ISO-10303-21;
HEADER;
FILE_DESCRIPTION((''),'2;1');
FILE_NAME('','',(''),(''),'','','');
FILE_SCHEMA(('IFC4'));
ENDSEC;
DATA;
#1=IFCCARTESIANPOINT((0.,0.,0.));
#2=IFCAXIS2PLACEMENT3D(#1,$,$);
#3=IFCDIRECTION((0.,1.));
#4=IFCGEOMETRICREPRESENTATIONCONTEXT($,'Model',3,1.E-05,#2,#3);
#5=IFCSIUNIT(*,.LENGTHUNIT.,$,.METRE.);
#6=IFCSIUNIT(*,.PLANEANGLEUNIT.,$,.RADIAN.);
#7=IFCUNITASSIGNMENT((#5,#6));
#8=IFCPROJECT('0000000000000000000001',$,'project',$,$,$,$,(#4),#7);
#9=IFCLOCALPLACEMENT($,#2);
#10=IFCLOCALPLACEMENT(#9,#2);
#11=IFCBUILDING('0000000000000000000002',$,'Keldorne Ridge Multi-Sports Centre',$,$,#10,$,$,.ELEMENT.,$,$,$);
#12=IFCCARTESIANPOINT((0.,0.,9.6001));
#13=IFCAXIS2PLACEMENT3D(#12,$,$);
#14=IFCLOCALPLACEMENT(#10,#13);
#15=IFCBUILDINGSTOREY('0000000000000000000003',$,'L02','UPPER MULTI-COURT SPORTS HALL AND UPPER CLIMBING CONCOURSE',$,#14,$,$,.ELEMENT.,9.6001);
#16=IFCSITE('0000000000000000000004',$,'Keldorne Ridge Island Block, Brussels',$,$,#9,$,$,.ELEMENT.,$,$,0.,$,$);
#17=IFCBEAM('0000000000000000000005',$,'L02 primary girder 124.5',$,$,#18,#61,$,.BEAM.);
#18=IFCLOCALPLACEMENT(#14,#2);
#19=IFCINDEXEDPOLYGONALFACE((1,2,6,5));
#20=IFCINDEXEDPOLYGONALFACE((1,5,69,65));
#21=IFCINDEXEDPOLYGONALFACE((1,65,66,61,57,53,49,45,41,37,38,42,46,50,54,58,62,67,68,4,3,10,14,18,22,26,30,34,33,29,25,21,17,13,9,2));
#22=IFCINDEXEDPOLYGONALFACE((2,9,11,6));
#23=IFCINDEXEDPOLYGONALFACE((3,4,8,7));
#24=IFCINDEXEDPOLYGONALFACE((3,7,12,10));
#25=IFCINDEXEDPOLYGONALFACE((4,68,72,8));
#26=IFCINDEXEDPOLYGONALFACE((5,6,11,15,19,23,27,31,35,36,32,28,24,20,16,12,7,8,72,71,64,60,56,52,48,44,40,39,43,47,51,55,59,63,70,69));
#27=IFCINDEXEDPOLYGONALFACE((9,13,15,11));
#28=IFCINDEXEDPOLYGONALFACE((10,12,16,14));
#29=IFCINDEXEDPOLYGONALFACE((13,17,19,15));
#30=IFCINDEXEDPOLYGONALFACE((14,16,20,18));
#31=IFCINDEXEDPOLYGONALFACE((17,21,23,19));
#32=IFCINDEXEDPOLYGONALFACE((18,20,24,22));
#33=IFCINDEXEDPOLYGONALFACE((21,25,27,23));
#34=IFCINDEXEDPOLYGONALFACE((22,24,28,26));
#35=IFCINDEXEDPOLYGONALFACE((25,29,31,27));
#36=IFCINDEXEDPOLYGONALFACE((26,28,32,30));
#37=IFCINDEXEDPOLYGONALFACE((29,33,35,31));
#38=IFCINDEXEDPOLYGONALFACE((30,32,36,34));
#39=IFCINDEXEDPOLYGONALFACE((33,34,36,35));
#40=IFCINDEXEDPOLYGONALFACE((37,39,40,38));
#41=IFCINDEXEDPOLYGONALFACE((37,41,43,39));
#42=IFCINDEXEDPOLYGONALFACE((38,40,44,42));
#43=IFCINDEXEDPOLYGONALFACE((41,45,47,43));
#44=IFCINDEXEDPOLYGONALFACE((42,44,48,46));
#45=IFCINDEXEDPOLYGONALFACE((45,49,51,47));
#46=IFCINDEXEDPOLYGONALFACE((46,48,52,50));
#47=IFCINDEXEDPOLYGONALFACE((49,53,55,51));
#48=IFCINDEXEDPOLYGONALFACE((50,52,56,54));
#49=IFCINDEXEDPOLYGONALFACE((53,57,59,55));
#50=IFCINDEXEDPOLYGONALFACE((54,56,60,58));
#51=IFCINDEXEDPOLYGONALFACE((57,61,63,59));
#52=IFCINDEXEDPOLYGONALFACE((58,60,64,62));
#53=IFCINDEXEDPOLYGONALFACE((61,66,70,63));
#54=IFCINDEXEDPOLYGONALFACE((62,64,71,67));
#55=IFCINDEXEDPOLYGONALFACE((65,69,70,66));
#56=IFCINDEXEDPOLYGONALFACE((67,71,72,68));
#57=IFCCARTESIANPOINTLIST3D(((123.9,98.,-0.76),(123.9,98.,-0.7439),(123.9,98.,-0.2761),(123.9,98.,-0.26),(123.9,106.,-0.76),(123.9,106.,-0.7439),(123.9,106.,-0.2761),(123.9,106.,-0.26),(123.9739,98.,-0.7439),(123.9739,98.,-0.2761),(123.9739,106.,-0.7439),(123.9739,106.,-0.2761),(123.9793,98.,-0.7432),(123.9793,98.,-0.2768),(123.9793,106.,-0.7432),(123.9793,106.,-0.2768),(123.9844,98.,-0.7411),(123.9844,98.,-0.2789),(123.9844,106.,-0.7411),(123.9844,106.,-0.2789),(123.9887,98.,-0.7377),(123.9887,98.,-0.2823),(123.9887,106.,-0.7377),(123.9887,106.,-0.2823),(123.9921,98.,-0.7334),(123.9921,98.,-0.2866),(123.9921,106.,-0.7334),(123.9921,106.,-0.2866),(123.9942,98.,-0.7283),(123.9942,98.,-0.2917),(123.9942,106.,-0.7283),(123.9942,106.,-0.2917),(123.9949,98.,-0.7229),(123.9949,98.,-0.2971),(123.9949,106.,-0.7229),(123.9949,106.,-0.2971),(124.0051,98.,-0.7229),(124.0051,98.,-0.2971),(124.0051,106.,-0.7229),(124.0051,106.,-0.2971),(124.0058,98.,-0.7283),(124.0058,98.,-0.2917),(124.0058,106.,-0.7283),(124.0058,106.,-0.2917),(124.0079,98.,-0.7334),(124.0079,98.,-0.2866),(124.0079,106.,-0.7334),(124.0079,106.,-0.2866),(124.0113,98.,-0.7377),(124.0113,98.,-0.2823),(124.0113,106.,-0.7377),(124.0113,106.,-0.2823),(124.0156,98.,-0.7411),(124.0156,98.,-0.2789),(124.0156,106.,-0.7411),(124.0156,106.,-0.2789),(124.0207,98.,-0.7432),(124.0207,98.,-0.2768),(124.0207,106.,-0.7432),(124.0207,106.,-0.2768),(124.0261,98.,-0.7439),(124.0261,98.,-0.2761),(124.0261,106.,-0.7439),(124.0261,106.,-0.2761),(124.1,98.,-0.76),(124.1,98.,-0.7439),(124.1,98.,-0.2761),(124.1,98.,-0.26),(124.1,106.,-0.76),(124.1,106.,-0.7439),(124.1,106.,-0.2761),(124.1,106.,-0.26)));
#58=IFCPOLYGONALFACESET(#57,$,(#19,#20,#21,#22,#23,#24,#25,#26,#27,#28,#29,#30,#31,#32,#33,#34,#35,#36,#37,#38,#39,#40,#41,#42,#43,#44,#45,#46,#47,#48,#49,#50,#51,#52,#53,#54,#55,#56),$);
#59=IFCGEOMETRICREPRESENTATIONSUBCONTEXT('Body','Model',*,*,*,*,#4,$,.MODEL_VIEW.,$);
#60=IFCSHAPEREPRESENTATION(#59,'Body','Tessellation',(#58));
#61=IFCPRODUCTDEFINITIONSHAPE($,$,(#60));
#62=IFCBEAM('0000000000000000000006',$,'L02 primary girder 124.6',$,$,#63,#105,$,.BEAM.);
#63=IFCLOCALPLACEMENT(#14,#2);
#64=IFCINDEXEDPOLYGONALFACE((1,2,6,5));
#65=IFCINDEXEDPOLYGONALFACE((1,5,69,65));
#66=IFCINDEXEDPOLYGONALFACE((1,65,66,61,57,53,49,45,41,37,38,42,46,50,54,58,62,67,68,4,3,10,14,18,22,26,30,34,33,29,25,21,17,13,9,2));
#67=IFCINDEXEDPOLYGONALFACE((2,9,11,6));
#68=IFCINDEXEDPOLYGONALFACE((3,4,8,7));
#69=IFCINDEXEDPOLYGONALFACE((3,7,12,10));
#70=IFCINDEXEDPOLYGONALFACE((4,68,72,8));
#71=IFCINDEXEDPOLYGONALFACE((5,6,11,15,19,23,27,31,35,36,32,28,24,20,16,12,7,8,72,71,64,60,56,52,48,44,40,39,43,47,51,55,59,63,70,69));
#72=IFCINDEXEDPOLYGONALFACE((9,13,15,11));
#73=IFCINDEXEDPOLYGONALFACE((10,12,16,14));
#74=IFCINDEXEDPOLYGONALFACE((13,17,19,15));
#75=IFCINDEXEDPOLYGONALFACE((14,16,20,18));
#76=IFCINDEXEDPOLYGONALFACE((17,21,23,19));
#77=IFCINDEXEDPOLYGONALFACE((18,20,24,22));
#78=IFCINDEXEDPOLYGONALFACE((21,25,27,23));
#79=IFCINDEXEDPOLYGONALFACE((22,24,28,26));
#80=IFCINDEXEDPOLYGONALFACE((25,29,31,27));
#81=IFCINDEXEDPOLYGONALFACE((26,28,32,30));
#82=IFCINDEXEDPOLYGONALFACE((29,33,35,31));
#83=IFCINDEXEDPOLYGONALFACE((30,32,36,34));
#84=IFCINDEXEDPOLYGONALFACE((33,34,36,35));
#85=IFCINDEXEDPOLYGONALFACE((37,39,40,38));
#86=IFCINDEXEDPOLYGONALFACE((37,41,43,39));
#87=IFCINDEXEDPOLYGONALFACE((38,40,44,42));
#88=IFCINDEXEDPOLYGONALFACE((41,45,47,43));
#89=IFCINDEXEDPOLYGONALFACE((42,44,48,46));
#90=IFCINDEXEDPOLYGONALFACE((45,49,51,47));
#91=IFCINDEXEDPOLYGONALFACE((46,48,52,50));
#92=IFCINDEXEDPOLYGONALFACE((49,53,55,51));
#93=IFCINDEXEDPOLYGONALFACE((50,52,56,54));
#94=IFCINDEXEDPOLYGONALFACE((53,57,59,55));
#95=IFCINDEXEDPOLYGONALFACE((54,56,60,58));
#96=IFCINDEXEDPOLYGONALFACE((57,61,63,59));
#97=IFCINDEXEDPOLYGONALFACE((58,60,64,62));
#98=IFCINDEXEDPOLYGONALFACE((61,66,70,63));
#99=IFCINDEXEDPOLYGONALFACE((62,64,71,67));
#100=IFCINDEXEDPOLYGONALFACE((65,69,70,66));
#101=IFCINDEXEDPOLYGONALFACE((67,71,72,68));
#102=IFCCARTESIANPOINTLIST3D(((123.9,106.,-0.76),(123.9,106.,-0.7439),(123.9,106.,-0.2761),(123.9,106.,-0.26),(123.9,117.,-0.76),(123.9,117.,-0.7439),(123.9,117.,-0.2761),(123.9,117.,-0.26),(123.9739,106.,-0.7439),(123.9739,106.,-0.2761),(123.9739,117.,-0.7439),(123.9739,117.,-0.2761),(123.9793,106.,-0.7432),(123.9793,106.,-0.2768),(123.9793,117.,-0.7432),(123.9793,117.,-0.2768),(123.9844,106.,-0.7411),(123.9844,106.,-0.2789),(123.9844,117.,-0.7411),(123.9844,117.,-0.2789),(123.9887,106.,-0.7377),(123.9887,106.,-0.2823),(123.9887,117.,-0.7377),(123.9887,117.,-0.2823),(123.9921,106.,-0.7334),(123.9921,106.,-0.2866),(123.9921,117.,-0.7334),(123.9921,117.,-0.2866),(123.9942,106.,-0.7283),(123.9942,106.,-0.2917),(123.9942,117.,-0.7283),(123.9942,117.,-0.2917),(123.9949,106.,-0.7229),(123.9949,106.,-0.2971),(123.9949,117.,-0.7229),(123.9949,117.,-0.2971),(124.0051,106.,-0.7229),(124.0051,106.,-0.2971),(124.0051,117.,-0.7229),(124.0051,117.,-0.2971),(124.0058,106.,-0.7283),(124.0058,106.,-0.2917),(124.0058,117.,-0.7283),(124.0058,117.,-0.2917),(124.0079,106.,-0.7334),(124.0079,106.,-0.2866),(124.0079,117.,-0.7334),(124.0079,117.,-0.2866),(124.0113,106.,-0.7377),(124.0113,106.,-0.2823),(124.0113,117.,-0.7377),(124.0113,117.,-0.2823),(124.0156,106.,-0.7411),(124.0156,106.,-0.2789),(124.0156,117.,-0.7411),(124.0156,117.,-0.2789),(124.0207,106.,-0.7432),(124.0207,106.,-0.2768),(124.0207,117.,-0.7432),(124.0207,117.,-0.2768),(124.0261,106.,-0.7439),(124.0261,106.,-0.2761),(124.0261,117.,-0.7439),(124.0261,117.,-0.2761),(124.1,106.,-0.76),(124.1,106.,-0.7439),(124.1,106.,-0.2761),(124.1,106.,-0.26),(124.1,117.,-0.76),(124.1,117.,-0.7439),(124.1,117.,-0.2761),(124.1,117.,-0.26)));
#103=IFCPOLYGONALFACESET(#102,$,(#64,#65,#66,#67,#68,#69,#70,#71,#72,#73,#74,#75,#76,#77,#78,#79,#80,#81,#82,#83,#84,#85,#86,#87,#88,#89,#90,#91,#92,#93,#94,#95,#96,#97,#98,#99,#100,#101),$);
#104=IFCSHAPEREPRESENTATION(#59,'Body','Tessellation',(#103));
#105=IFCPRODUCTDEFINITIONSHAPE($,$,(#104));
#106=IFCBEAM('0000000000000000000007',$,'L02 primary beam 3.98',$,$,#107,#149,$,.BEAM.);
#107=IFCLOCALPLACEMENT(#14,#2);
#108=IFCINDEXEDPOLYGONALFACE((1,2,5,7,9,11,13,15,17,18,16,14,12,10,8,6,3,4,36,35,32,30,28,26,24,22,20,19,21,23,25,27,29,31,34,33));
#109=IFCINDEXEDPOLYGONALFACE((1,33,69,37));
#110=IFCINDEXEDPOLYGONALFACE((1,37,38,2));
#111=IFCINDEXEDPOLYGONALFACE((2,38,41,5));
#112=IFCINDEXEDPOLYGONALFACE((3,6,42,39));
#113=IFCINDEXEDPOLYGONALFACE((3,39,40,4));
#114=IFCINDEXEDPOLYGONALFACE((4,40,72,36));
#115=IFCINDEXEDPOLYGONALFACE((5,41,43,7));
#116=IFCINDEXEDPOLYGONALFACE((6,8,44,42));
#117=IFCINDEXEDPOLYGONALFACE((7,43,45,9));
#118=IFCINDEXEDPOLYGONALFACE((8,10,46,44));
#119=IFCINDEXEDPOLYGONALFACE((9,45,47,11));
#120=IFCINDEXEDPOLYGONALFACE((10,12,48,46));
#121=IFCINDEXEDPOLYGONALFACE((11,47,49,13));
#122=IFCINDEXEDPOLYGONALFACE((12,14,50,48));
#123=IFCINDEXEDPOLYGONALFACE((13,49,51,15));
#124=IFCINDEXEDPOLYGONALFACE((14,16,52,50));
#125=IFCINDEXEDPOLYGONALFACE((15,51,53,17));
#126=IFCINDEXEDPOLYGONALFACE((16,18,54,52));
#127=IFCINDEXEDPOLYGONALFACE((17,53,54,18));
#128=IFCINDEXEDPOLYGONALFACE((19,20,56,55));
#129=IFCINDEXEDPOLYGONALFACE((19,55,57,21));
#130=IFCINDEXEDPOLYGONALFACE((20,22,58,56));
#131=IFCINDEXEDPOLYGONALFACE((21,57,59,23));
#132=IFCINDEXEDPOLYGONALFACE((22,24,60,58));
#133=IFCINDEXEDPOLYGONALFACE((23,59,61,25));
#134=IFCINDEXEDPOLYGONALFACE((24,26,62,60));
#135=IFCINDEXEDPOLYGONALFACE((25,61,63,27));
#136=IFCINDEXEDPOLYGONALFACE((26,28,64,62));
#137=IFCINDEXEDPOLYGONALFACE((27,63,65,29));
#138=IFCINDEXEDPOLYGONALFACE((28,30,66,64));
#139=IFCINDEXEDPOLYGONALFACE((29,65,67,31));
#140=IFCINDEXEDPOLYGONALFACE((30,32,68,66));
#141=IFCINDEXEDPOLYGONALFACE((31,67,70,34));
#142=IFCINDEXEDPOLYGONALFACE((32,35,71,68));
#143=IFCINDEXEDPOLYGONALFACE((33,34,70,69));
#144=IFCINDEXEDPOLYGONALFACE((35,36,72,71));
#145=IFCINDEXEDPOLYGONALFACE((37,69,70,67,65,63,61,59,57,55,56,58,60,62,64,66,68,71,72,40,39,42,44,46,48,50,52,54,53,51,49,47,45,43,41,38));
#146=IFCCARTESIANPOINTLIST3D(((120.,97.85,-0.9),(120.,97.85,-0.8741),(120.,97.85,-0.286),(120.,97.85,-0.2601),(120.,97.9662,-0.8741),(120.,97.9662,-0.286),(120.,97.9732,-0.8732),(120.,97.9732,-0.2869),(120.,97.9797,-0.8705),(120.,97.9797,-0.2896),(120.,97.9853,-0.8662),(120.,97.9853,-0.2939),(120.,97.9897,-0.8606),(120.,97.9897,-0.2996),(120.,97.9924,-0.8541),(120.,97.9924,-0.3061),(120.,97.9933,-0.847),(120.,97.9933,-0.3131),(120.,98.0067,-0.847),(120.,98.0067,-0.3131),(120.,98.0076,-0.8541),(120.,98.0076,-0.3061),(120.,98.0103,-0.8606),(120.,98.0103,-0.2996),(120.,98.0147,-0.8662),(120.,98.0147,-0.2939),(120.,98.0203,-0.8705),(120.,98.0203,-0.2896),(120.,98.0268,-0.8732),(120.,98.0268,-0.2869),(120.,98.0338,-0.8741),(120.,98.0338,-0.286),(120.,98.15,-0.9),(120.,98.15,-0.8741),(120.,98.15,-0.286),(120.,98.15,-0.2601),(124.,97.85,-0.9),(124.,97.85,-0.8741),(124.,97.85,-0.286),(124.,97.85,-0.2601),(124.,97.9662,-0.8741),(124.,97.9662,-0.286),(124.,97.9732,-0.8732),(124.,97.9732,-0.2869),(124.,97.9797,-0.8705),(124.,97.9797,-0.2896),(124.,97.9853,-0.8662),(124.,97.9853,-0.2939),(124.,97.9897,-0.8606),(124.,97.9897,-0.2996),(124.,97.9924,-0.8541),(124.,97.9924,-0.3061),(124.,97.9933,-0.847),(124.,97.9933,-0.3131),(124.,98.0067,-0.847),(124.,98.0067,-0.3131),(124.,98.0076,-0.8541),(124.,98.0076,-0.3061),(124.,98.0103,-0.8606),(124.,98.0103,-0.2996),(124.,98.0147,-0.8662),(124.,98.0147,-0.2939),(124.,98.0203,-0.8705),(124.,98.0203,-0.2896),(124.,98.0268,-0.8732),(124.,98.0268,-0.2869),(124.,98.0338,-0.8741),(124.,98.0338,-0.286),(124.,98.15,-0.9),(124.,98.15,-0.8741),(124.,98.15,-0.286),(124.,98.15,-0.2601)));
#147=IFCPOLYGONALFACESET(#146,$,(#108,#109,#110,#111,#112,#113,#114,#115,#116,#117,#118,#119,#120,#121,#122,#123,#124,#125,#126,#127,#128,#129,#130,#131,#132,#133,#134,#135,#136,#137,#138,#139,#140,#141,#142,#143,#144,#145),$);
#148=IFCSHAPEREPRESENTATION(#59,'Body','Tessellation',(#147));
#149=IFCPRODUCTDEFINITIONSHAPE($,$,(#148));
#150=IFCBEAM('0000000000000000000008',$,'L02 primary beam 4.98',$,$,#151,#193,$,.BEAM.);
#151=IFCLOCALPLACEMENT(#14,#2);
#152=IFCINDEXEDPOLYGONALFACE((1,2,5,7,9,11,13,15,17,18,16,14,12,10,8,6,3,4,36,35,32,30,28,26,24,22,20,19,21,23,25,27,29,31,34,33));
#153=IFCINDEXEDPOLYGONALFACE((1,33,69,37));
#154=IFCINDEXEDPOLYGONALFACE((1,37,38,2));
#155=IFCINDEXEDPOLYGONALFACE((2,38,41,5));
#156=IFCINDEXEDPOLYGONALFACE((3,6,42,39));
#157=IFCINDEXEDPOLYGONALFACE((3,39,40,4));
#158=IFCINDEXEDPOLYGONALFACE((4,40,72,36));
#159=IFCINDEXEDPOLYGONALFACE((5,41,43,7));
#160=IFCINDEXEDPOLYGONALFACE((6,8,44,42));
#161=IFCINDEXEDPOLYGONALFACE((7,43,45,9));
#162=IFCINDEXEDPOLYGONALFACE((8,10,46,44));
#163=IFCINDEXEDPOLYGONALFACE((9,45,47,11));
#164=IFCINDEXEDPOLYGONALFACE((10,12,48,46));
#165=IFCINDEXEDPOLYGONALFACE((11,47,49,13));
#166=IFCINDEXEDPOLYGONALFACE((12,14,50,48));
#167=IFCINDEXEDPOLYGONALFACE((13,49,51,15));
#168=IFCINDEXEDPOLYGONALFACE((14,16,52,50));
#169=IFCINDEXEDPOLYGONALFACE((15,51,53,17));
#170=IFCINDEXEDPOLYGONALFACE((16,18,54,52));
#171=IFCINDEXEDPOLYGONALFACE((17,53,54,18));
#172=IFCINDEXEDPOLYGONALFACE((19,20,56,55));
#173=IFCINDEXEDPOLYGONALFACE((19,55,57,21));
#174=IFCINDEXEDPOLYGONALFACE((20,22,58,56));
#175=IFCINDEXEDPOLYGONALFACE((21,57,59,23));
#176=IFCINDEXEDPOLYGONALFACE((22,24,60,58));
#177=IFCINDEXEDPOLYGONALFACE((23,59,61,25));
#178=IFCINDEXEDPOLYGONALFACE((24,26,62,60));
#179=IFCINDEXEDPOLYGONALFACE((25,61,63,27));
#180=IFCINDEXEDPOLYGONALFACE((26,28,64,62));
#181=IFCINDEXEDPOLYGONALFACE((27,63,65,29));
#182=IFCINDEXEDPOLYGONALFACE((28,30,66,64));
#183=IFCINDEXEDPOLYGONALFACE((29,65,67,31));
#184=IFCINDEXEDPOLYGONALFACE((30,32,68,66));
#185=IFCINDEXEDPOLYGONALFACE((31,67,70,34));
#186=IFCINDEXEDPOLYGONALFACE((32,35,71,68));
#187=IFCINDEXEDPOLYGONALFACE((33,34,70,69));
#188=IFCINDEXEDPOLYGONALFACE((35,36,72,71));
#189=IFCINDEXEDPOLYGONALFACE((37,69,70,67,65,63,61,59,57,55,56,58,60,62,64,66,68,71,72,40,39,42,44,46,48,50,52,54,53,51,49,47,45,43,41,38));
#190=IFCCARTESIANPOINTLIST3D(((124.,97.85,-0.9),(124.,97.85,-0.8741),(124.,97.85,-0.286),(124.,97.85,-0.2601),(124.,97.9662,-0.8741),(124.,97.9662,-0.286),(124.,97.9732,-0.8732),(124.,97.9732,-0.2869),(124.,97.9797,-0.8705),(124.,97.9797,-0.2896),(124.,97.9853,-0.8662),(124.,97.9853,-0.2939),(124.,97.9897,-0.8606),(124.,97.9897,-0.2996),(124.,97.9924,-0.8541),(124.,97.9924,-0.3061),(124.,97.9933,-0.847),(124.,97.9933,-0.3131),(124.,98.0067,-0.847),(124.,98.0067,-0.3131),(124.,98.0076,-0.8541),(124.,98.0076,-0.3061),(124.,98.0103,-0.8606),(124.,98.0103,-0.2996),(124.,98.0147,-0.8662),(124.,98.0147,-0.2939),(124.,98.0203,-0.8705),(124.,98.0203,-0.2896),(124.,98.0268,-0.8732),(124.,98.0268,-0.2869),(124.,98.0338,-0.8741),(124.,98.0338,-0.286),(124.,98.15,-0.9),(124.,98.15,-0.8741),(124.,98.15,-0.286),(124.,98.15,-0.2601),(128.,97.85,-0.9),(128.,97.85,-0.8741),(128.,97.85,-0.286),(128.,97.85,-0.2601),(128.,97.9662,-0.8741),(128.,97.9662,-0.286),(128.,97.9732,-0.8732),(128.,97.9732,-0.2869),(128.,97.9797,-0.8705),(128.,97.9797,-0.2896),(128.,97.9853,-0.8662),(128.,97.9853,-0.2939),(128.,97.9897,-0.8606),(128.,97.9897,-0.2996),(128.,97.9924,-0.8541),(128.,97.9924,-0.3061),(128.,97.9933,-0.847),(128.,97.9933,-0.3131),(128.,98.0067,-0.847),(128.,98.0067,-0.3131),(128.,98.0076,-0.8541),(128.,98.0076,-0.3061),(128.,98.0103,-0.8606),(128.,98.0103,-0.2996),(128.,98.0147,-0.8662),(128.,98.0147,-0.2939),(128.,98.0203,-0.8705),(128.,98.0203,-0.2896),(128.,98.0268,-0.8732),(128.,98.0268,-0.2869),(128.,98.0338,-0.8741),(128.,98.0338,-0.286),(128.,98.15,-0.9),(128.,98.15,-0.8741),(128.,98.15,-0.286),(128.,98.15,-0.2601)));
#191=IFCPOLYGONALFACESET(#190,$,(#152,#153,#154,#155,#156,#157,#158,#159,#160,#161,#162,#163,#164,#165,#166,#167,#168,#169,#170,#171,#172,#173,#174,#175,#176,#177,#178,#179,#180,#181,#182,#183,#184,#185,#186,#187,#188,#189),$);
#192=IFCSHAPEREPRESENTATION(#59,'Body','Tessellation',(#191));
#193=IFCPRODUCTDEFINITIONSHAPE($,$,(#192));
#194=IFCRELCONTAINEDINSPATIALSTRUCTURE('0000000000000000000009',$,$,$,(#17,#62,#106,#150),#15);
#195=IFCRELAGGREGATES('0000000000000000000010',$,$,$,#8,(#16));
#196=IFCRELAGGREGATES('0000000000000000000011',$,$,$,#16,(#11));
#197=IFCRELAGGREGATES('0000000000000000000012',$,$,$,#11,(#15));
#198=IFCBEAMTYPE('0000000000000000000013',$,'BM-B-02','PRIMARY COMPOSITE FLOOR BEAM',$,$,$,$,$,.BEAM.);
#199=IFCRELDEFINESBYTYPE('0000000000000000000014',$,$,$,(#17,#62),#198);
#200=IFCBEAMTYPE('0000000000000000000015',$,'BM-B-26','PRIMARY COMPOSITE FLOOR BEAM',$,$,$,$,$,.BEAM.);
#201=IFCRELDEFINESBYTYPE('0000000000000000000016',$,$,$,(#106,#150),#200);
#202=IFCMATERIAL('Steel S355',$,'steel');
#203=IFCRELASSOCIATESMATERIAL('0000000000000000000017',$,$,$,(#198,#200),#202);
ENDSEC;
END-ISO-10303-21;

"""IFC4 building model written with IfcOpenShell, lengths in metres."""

from ifc_helpers import new_model, si_unit, direction, frame, origin, origin_2d, place, context, subcontext, project, spatial, i_section, extrude, material, material_profile, profile_set, type_object, element, save


model = new_model("IFC4")

# Units and contexts
model_context = context("Model", 3, precision=1e-05, world=origin(), true_north=direction((0.0, 1.0)))
body_context = subcontext(model_context, "Body", "Model", "MODEL_VIEW")
ifc_project = project(units=[si_unit("LENGTHUNIT", "METRE"), si_unit("PLANEANGLEUNIT", "RADIAN")], contexts=[model_context])

# Site, building, storey
site_placement = place(None, origin())
site = spatial("IfcSite", under=ifc_project, at=site_placement, Name="Keldorne Ridge Island Block, Brussels", CompositionType="ELEMENT", RefElevation=0.0)
building_placement = place(site_placement, origin())
building = spatial("IfcBuilding", under=site, at=building_placement, Name="Keldorne Ridge Multi-Sports Centre", CompositionType="ELEMENT")
storey_placement = place(building_placement, frame((0.0, 0.0, 9.6001)))
storey = spatial("IfcBuildingStorey", under=building, at=storey_placement, Name="L02", Description="UPPER MULTI-COURT SPORTS HALL AND UPPER CLIMBING CONCOURSE", CompositionType="ELEMENT", Elevation=9.6001)

# Shared definitions
ifc_material_1 = material(Name="Steel S355", Category="steel")

# Beams
ifc_material_profile_1 = material_profile(ifc_material_1, i_section(OverallWidth=0.2, OverallDepth=0.5, WebThickness=0.0103, FlangeThickness=0.0161, FilletRadius=0.021, at=origin_2d()), Name="IPE 500")
ifc_profile_set_1 = profile_set([ifc_material_profile_1], Name="Steel S355")
beam_type_1 = type_object("IfcBeamType", Name="BM-B-02", Description="PRIMARY COMPOSITE FLOOR BEAM", PredefinedType="BEAM", material=ifc_profile_set_1)
beam_1_placement = place(storey_placement, frame((124.0, 98.0, -0.51), z_axis=(0.0, 1.0, 0.0), x_axis=(-1.0, 0.0, 0.0)))
element("IfcBeam", 1, at=beam_1_placement, inside=storey, type_object=beam_type_1, Name="L02 primary girder 124.5", PredefinedType="BEAM", context=body_context, shape_type="SweptSolid", body=[
    extrude(i_section(OverallWidth=0.2, OverallDepth=0.5, WebThickness=0.0103, FlangeThickness=0.0161, FilletRadius=0.021, at=origin_2d()), origin(), (0.0, 0.0, 1.0), 8.0),
])
beam_2_placement = place(storey_placement, frame((124.0, 106.0, -0.51), z_axis=(0.0, 1.0, 0.0), x_axis=(-1.0, 0.0, 0.0)))
element("IfcBeam", 2, at=beam_2_placement, inside=storey, type_object=beam_type_1, Name="L02 primary girder 124.6", PredefinedType="BEAM", context=body_context, shape_type="SweptSolid", body=[
    extrude(i_section(OverallWidth=0.2, OverallDepth=0.5, WebThickness=0.0103, FlangeThickness=0.0161, FilletRadius=0.021, at=origin_2d()), origin(), (0.0, 0.0, 1.0), 11.0),
])
ifc_material_profile_2 = material_profile(ifc_material_1, i_section(OverallWidth=0.3, OverallDepth=0.6399, WebThickness=0.0134, FlangeThickness=0.0259, FilletRadius=0.0271, at=origin_2d()), Name="HEA 650")
ifc_profile_set_2 = profile_set([ifc_material_profile_2], Name="Steel S355")
beam_type_2 = type_object("IfcBeamType", Name="BM-B-26", Description="PRIMARY COMPOSITE FLOOR BEAM", PredefinedType="BEAM", material=ifc_profile_set_2)
for number, where, z_axis, x_axis, name in (
    (3, (120.0, 98.0, -0.5801), (1.0, 0.0, 0.0), (0.0, 1.0, 0.0), "L02 primary beam 3.98"),
    (4, (124.0, 98.0, -0.5801), (1.0, 0.0, 0.0), (0.0, 1.0, 0.0), "L02 primary beam 4.98"),
):
    element("IfcBeam", number, at=place(storey_placement, frame(where, z_axis=z_axis, x_axis=x_axis)), inside=storey, type_object=beam_type_2, Name=name, PredefinedType="BEAM", context=body_context, shape_type="SweptSolid", body=[
        extrude(i_section(OverallWidth=0.3, OverallDepth=0.6399, WebThickness=0.0134, FlangeThickness=0.0259, FilletRadius=0.0271, at=origin_2d()), origin(), (0.0, 0.0, 1.0), 4.0),
    ])

save(model, "model.ifc")
